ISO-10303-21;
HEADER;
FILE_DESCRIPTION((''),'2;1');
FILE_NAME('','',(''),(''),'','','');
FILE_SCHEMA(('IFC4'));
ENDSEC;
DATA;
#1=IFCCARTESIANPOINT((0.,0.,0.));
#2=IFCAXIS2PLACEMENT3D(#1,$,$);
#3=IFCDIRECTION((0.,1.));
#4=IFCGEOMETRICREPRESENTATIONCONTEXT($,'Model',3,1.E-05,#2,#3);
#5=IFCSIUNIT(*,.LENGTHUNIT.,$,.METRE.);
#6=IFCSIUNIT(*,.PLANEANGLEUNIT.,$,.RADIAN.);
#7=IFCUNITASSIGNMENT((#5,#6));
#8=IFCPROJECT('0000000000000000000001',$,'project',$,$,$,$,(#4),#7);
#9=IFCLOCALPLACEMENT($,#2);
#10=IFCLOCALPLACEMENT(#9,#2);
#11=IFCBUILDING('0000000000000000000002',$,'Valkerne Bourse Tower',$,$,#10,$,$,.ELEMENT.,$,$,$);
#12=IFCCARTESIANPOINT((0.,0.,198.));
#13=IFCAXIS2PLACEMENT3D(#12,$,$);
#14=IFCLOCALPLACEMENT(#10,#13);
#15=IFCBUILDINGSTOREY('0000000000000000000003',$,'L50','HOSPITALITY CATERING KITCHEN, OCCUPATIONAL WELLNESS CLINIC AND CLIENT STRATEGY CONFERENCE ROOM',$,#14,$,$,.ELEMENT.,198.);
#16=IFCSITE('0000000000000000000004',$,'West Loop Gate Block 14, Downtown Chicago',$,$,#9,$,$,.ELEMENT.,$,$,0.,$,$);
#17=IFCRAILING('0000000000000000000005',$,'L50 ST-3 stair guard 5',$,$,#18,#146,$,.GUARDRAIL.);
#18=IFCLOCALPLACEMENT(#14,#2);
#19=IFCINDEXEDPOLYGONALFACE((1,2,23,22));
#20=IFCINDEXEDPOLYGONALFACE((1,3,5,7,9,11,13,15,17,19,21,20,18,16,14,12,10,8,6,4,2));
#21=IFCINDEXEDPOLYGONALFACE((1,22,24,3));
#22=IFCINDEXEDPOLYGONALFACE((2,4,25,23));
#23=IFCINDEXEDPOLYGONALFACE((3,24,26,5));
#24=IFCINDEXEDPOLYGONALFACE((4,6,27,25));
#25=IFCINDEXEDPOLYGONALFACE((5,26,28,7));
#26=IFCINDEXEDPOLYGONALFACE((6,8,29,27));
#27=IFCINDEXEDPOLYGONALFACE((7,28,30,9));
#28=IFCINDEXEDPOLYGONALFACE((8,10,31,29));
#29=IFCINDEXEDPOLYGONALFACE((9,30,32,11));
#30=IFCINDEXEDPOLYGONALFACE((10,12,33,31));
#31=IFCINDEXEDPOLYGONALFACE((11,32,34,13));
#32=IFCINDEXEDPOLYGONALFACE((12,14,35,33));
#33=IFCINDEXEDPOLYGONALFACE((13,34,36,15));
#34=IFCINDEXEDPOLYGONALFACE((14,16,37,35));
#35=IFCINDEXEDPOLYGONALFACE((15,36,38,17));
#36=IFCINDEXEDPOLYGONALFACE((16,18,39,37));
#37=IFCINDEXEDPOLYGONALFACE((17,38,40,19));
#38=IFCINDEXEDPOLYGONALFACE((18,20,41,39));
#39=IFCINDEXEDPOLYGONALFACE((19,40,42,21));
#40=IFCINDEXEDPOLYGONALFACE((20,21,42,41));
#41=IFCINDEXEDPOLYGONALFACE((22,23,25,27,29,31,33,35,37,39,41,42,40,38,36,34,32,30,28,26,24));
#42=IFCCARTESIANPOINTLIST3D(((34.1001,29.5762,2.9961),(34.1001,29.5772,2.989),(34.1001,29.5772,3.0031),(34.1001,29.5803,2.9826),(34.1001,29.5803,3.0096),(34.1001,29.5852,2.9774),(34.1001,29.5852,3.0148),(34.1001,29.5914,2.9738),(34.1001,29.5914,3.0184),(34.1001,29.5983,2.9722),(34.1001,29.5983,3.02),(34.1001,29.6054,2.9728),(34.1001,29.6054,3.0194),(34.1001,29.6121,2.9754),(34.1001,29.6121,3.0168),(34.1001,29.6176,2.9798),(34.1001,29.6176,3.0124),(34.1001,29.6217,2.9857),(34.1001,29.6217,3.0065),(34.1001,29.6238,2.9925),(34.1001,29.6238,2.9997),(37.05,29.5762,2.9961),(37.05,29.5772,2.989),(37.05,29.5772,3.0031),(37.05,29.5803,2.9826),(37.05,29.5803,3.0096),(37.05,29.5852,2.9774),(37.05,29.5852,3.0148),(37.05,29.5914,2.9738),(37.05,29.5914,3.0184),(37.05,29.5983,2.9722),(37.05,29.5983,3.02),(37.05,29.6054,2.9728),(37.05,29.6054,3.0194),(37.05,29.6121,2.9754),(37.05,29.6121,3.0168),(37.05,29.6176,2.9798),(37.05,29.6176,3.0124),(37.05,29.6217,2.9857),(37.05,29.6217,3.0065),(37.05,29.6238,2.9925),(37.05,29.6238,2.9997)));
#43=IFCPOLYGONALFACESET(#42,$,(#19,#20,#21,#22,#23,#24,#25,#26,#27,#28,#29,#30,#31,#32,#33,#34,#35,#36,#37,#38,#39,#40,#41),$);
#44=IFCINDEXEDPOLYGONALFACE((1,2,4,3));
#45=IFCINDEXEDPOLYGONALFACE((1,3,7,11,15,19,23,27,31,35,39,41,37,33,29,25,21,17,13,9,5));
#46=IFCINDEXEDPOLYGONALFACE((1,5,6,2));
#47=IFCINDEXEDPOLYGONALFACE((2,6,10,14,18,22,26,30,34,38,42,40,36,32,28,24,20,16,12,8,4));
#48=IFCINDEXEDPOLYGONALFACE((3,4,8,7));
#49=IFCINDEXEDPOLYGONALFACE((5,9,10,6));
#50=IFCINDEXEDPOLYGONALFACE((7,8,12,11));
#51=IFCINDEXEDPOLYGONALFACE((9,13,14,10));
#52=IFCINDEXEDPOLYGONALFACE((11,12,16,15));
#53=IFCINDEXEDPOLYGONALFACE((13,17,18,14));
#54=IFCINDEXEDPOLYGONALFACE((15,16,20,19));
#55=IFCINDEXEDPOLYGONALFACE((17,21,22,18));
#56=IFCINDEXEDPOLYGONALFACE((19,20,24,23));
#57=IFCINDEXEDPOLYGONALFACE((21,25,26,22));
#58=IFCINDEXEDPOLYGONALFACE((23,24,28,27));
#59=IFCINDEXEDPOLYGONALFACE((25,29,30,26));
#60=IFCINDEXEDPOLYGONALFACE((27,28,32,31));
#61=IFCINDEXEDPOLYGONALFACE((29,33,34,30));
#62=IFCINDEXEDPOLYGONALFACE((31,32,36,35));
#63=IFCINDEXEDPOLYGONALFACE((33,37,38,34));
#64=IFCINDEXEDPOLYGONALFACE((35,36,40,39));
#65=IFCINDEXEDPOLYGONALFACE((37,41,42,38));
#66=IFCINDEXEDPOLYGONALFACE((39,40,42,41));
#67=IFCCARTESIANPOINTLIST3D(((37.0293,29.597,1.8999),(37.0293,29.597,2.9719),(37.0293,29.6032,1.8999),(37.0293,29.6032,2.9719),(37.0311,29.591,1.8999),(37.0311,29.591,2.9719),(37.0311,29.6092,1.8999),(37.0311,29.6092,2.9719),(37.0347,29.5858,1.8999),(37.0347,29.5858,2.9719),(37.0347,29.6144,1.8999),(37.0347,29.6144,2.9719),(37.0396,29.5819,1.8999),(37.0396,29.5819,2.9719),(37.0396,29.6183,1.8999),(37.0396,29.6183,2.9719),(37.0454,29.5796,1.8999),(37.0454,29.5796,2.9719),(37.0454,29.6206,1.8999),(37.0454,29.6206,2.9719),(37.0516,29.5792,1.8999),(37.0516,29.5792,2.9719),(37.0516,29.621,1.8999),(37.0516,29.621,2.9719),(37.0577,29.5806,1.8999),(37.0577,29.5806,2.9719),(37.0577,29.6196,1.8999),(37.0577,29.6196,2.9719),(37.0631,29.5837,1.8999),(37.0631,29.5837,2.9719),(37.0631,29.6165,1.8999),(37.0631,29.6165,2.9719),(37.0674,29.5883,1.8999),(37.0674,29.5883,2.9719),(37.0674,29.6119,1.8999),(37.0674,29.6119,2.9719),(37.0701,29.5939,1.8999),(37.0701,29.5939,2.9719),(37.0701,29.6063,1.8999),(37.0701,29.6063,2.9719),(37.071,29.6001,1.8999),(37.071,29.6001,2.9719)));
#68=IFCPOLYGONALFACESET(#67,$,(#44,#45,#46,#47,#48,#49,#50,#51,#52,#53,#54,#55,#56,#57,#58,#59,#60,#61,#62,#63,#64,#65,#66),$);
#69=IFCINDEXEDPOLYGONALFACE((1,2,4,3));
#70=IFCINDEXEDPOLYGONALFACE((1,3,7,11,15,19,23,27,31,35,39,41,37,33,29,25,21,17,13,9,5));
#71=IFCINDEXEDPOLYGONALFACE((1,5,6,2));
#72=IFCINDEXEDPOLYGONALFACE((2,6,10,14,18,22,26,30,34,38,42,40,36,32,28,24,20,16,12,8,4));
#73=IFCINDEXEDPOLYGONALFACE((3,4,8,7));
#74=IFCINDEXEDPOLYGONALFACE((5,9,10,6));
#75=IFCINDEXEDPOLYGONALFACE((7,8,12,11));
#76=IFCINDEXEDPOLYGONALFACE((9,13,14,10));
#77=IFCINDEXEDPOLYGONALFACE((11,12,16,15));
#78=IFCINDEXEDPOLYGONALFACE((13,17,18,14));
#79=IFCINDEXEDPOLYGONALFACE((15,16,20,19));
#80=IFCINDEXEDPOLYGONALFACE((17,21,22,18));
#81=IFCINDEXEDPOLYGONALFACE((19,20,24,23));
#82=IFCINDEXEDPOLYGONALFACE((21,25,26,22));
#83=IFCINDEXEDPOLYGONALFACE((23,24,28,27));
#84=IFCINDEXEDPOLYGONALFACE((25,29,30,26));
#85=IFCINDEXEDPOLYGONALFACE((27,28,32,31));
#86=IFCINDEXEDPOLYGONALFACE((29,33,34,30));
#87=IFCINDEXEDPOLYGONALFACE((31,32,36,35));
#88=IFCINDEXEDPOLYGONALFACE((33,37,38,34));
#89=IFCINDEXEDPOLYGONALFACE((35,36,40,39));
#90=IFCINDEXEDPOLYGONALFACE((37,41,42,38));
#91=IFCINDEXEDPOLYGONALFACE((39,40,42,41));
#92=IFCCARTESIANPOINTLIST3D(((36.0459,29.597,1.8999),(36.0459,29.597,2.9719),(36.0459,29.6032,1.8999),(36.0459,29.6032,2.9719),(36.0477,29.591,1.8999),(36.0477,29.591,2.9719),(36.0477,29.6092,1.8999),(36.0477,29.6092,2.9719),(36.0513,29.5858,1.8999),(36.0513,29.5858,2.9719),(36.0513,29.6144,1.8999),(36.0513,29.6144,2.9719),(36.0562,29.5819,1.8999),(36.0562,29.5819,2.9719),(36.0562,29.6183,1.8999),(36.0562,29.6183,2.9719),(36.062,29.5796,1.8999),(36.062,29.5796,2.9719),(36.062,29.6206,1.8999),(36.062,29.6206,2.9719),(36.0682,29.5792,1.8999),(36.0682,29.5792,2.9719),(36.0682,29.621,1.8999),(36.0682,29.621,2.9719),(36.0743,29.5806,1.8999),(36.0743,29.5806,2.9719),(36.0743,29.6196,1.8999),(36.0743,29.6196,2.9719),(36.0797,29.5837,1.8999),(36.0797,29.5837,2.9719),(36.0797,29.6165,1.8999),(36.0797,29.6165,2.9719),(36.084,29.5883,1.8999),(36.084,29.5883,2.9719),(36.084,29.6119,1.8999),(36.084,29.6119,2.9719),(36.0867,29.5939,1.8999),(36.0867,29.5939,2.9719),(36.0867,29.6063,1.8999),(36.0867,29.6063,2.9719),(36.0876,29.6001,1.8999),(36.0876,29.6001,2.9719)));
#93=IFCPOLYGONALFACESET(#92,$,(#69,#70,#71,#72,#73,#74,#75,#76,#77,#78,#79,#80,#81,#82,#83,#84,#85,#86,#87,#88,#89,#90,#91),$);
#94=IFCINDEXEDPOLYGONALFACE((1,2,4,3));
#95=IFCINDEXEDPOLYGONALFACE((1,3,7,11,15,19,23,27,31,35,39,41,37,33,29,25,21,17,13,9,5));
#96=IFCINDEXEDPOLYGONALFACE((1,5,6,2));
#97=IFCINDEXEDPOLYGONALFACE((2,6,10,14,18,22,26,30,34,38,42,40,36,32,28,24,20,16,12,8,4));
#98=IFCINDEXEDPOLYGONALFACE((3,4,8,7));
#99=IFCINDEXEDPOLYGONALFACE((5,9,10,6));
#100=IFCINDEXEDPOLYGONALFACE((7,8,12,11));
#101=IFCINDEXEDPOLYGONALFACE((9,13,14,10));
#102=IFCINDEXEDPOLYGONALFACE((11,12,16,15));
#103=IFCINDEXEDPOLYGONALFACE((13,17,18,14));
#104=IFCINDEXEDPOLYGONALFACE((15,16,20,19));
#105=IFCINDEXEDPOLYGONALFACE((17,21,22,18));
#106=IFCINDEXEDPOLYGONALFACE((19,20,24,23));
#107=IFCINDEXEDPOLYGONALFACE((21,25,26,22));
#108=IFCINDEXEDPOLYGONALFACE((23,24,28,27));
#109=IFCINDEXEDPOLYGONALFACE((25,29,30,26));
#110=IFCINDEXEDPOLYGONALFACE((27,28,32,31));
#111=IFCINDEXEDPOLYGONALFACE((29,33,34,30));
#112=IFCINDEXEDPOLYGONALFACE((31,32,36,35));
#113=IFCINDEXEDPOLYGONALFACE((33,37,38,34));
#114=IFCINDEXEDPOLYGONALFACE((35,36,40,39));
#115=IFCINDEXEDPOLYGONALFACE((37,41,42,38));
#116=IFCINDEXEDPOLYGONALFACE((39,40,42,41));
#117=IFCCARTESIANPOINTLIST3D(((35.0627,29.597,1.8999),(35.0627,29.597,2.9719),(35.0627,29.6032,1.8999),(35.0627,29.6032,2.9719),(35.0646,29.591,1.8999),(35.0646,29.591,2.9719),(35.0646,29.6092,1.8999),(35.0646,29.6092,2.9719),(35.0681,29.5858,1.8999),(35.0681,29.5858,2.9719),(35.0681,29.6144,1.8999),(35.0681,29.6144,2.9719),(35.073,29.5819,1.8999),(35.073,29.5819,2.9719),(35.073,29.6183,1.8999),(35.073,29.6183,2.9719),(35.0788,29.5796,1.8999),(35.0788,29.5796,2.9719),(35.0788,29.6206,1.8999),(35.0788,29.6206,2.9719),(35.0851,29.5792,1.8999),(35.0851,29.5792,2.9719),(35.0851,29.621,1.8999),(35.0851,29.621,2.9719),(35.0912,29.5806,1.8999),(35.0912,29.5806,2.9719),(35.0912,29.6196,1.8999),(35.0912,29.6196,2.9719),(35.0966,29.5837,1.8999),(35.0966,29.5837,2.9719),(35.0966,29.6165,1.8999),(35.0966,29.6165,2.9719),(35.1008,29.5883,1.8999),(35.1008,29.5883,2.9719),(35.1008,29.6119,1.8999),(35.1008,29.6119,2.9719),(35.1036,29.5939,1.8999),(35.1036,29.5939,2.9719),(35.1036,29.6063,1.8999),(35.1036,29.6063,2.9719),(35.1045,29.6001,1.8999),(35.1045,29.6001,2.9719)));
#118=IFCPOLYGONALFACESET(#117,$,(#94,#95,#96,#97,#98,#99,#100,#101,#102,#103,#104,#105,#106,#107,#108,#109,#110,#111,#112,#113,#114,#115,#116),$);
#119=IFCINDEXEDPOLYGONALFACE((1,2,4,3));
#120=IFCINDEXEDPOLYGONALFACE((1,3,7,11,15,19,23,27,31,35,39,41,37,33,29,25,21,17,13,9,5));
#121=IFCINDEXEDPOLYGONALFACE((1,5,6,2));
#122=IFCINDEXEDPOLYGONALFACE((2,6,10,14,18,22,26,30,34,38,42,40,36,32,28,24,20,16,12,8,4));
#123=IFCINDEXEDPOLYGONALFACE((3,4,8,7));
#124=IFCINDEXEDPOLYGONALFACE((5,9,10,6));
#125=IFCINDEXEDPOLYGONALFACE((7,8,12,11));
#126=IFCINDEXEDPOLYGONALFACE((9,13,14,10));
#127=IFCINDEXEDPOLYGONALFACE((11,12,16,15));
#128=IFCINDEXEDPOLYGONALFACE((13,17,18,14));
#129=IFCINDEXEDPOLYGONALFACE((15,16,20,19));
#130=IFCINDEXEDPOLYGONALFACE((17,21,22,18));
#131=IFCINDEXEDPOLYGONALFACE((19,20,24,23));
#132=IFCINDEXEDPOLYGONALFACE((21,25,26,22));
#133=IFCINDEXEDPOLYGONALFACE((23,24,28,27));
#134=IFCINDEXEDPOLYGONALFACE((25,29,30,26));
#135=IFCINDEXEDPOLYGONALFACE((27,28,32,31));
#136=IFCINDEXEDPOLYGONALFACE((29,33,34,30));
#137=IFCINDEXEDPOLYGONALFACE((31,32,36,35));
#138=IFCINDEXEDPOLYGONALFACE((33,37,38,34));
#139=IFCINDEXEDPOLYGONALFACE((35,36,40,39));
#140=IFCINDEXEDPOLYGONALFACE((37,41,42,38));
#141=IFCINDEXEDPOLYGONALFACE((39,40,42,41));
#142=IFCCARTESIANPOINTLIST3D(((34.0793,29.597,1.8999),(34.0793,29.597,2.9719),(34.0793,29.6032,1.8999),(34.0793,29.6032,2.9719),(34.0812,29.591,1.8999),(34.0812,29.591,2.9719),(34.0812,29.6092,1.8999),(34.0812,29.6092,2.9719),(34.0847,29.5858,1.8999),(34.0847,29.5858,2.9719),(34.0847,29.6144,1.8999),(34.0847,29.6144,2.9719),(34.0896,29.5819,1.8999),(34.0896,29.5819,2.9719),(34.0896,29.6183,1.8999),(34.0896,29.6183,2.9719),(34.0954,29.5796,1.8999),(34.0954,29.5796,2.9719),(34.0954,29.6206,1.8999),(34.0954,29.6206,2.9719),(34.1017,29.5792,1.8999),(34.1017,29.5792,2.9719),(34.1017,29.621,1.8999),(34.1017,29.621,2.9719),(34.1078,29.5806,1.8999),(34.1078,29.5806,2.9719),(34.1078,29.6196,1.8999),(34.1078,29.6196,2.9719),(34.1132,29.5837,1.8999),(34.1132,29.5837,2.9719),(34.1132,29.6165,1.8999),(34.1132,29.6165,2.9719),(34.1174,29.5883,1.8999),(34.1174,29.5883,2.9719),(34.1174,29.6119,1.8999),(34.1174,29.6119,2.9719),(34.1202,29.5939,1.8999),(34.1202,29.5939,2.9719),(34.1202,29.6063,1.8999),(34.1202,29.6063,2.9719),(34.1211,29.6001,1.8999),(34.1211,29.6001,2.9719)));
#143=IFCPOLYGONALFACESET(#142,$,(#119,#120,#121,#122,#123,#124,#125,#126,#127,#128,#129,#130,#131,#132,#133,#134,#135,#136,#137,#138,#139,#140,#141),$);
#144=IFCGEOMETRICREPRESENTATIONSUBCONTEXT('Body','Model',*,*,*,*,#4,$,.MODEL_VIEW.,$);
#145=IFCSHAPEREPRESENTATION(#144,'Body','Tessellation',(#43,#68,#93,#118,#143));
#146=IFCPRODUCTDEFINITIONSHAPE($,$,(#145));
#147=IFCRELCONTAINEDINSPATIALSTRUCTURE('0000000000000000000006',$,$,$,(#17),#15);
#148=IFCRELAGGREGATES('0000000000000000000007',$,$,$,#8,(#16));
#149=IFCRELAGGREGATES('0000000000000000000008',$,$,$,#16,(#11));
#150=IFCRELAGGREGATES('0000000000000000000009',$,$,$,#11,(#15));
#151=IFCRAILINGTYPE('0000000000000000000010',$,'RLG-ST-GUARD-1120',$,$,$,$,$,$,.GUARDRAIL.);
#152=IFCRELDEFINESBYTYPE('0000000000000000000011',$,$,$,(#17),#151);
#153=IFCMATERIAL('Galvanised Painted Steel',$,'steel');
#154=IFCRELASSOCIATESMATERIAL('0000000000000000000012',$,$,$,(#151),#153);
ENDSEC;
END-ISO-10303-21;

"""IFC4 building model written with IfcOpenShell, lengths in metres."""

from ifc_helpers import new_model, si_unit, direction, frame, origin, origin_2d, place, context, subcontext, project, spatial, circle, extrude, material, type_object, element, save


model = new_model("IFC4")

# Units and contexts
model_context = context("Model", 3, precision=1e-05, world=origin(), true_north=direction((0.0, 1.0)))
body_context = subcontext(model_context, "Body", "Model", "MODEL_VIEW")
ifc_project = project(units=[si_unit("LENGTHUNIT", "METRE"), si_unit("PLANEANGLEUNIT", "RADIAN")], contexts=[model_context])

# Site, building, storey
site_placement = place(None, origin())
site = spatial("IfcSite", under=ifc_project, at=site_placement, Name="West Loop Gate Block 14, Downtown Chicago", CompositionType="ELEMENT", RefElevation=0.0)
building_placement = place(site_placement, origin())
building = spatial("IfcBuilding", under=site, at=building_placement, Name="Valkerne Bourse Tower", CompositionType="ELEMENT")
storey_placement = place(building_placement, frame((0.0, 0.0, 198.0)))
storey = spatial("IfcBuildingStorey", under=building, at=storey_placement, Name="L50", Description="HOSPITALITY CATERING KITCHEN, OCCUPATIONAL WELLNESS CLINIC AND CLIENT STRATEGY CONFERENCE ROOM", CompositionType="ELEMENT", Elevation=198.0)

# Railing
ifc_material_1 = material(Name="Galvanised Painted Steel", Category="steel")
railing_type = type_object("IfcRailingType", Name="RLG-ST-GUARD-1120", PredefinedType="GUARDRAIL", material=ifc_material_1)
railing_1_placement = place(storey_placement, frame((37.05, 29.6001, 1.8999)))
element("IfcRailing", 1, at=railing_1_placement, inside=storey, type_object=railing_type, Name="L50 ST-3 stair guard 5", PredefinedType="GUARDRAIL", context=body_context, shape_type="SweptSolid", body=[
    extrude(circle(Radius=0.0239, at=origin_2d()), frame((0.0, 0.0, 1.0962), z_axis=(-1.0, 0.0, 0.0), x_axis=(0.0, -1.0, 0.0)), (0.0, 0.0, 1.0), 2.95),
    extrude(circle(Radius=0.021, at=origin_2d()), origin(), (0.0, 0.0, 1.0), 1.072),
    extrude(circle(Radius=0.021, at=origin_2d()), frame((-0.9834, 0.0, 0.0)), (0.0, 0.0, 1.0), 1.072),
    extrude(circle(Radius=0.021, at=origin_2d()), frame((-1.9666, 0.0, 0.0)), (0.0, 0.0, 1.0), 1.072),
    extrude(circle(Radius=0.021, at=origin_2d()), frame((-2.95, 0.0, 0.0)), (0.0, 0.0, 1.0), 1.072),
])

save(model, "model.ifc")
